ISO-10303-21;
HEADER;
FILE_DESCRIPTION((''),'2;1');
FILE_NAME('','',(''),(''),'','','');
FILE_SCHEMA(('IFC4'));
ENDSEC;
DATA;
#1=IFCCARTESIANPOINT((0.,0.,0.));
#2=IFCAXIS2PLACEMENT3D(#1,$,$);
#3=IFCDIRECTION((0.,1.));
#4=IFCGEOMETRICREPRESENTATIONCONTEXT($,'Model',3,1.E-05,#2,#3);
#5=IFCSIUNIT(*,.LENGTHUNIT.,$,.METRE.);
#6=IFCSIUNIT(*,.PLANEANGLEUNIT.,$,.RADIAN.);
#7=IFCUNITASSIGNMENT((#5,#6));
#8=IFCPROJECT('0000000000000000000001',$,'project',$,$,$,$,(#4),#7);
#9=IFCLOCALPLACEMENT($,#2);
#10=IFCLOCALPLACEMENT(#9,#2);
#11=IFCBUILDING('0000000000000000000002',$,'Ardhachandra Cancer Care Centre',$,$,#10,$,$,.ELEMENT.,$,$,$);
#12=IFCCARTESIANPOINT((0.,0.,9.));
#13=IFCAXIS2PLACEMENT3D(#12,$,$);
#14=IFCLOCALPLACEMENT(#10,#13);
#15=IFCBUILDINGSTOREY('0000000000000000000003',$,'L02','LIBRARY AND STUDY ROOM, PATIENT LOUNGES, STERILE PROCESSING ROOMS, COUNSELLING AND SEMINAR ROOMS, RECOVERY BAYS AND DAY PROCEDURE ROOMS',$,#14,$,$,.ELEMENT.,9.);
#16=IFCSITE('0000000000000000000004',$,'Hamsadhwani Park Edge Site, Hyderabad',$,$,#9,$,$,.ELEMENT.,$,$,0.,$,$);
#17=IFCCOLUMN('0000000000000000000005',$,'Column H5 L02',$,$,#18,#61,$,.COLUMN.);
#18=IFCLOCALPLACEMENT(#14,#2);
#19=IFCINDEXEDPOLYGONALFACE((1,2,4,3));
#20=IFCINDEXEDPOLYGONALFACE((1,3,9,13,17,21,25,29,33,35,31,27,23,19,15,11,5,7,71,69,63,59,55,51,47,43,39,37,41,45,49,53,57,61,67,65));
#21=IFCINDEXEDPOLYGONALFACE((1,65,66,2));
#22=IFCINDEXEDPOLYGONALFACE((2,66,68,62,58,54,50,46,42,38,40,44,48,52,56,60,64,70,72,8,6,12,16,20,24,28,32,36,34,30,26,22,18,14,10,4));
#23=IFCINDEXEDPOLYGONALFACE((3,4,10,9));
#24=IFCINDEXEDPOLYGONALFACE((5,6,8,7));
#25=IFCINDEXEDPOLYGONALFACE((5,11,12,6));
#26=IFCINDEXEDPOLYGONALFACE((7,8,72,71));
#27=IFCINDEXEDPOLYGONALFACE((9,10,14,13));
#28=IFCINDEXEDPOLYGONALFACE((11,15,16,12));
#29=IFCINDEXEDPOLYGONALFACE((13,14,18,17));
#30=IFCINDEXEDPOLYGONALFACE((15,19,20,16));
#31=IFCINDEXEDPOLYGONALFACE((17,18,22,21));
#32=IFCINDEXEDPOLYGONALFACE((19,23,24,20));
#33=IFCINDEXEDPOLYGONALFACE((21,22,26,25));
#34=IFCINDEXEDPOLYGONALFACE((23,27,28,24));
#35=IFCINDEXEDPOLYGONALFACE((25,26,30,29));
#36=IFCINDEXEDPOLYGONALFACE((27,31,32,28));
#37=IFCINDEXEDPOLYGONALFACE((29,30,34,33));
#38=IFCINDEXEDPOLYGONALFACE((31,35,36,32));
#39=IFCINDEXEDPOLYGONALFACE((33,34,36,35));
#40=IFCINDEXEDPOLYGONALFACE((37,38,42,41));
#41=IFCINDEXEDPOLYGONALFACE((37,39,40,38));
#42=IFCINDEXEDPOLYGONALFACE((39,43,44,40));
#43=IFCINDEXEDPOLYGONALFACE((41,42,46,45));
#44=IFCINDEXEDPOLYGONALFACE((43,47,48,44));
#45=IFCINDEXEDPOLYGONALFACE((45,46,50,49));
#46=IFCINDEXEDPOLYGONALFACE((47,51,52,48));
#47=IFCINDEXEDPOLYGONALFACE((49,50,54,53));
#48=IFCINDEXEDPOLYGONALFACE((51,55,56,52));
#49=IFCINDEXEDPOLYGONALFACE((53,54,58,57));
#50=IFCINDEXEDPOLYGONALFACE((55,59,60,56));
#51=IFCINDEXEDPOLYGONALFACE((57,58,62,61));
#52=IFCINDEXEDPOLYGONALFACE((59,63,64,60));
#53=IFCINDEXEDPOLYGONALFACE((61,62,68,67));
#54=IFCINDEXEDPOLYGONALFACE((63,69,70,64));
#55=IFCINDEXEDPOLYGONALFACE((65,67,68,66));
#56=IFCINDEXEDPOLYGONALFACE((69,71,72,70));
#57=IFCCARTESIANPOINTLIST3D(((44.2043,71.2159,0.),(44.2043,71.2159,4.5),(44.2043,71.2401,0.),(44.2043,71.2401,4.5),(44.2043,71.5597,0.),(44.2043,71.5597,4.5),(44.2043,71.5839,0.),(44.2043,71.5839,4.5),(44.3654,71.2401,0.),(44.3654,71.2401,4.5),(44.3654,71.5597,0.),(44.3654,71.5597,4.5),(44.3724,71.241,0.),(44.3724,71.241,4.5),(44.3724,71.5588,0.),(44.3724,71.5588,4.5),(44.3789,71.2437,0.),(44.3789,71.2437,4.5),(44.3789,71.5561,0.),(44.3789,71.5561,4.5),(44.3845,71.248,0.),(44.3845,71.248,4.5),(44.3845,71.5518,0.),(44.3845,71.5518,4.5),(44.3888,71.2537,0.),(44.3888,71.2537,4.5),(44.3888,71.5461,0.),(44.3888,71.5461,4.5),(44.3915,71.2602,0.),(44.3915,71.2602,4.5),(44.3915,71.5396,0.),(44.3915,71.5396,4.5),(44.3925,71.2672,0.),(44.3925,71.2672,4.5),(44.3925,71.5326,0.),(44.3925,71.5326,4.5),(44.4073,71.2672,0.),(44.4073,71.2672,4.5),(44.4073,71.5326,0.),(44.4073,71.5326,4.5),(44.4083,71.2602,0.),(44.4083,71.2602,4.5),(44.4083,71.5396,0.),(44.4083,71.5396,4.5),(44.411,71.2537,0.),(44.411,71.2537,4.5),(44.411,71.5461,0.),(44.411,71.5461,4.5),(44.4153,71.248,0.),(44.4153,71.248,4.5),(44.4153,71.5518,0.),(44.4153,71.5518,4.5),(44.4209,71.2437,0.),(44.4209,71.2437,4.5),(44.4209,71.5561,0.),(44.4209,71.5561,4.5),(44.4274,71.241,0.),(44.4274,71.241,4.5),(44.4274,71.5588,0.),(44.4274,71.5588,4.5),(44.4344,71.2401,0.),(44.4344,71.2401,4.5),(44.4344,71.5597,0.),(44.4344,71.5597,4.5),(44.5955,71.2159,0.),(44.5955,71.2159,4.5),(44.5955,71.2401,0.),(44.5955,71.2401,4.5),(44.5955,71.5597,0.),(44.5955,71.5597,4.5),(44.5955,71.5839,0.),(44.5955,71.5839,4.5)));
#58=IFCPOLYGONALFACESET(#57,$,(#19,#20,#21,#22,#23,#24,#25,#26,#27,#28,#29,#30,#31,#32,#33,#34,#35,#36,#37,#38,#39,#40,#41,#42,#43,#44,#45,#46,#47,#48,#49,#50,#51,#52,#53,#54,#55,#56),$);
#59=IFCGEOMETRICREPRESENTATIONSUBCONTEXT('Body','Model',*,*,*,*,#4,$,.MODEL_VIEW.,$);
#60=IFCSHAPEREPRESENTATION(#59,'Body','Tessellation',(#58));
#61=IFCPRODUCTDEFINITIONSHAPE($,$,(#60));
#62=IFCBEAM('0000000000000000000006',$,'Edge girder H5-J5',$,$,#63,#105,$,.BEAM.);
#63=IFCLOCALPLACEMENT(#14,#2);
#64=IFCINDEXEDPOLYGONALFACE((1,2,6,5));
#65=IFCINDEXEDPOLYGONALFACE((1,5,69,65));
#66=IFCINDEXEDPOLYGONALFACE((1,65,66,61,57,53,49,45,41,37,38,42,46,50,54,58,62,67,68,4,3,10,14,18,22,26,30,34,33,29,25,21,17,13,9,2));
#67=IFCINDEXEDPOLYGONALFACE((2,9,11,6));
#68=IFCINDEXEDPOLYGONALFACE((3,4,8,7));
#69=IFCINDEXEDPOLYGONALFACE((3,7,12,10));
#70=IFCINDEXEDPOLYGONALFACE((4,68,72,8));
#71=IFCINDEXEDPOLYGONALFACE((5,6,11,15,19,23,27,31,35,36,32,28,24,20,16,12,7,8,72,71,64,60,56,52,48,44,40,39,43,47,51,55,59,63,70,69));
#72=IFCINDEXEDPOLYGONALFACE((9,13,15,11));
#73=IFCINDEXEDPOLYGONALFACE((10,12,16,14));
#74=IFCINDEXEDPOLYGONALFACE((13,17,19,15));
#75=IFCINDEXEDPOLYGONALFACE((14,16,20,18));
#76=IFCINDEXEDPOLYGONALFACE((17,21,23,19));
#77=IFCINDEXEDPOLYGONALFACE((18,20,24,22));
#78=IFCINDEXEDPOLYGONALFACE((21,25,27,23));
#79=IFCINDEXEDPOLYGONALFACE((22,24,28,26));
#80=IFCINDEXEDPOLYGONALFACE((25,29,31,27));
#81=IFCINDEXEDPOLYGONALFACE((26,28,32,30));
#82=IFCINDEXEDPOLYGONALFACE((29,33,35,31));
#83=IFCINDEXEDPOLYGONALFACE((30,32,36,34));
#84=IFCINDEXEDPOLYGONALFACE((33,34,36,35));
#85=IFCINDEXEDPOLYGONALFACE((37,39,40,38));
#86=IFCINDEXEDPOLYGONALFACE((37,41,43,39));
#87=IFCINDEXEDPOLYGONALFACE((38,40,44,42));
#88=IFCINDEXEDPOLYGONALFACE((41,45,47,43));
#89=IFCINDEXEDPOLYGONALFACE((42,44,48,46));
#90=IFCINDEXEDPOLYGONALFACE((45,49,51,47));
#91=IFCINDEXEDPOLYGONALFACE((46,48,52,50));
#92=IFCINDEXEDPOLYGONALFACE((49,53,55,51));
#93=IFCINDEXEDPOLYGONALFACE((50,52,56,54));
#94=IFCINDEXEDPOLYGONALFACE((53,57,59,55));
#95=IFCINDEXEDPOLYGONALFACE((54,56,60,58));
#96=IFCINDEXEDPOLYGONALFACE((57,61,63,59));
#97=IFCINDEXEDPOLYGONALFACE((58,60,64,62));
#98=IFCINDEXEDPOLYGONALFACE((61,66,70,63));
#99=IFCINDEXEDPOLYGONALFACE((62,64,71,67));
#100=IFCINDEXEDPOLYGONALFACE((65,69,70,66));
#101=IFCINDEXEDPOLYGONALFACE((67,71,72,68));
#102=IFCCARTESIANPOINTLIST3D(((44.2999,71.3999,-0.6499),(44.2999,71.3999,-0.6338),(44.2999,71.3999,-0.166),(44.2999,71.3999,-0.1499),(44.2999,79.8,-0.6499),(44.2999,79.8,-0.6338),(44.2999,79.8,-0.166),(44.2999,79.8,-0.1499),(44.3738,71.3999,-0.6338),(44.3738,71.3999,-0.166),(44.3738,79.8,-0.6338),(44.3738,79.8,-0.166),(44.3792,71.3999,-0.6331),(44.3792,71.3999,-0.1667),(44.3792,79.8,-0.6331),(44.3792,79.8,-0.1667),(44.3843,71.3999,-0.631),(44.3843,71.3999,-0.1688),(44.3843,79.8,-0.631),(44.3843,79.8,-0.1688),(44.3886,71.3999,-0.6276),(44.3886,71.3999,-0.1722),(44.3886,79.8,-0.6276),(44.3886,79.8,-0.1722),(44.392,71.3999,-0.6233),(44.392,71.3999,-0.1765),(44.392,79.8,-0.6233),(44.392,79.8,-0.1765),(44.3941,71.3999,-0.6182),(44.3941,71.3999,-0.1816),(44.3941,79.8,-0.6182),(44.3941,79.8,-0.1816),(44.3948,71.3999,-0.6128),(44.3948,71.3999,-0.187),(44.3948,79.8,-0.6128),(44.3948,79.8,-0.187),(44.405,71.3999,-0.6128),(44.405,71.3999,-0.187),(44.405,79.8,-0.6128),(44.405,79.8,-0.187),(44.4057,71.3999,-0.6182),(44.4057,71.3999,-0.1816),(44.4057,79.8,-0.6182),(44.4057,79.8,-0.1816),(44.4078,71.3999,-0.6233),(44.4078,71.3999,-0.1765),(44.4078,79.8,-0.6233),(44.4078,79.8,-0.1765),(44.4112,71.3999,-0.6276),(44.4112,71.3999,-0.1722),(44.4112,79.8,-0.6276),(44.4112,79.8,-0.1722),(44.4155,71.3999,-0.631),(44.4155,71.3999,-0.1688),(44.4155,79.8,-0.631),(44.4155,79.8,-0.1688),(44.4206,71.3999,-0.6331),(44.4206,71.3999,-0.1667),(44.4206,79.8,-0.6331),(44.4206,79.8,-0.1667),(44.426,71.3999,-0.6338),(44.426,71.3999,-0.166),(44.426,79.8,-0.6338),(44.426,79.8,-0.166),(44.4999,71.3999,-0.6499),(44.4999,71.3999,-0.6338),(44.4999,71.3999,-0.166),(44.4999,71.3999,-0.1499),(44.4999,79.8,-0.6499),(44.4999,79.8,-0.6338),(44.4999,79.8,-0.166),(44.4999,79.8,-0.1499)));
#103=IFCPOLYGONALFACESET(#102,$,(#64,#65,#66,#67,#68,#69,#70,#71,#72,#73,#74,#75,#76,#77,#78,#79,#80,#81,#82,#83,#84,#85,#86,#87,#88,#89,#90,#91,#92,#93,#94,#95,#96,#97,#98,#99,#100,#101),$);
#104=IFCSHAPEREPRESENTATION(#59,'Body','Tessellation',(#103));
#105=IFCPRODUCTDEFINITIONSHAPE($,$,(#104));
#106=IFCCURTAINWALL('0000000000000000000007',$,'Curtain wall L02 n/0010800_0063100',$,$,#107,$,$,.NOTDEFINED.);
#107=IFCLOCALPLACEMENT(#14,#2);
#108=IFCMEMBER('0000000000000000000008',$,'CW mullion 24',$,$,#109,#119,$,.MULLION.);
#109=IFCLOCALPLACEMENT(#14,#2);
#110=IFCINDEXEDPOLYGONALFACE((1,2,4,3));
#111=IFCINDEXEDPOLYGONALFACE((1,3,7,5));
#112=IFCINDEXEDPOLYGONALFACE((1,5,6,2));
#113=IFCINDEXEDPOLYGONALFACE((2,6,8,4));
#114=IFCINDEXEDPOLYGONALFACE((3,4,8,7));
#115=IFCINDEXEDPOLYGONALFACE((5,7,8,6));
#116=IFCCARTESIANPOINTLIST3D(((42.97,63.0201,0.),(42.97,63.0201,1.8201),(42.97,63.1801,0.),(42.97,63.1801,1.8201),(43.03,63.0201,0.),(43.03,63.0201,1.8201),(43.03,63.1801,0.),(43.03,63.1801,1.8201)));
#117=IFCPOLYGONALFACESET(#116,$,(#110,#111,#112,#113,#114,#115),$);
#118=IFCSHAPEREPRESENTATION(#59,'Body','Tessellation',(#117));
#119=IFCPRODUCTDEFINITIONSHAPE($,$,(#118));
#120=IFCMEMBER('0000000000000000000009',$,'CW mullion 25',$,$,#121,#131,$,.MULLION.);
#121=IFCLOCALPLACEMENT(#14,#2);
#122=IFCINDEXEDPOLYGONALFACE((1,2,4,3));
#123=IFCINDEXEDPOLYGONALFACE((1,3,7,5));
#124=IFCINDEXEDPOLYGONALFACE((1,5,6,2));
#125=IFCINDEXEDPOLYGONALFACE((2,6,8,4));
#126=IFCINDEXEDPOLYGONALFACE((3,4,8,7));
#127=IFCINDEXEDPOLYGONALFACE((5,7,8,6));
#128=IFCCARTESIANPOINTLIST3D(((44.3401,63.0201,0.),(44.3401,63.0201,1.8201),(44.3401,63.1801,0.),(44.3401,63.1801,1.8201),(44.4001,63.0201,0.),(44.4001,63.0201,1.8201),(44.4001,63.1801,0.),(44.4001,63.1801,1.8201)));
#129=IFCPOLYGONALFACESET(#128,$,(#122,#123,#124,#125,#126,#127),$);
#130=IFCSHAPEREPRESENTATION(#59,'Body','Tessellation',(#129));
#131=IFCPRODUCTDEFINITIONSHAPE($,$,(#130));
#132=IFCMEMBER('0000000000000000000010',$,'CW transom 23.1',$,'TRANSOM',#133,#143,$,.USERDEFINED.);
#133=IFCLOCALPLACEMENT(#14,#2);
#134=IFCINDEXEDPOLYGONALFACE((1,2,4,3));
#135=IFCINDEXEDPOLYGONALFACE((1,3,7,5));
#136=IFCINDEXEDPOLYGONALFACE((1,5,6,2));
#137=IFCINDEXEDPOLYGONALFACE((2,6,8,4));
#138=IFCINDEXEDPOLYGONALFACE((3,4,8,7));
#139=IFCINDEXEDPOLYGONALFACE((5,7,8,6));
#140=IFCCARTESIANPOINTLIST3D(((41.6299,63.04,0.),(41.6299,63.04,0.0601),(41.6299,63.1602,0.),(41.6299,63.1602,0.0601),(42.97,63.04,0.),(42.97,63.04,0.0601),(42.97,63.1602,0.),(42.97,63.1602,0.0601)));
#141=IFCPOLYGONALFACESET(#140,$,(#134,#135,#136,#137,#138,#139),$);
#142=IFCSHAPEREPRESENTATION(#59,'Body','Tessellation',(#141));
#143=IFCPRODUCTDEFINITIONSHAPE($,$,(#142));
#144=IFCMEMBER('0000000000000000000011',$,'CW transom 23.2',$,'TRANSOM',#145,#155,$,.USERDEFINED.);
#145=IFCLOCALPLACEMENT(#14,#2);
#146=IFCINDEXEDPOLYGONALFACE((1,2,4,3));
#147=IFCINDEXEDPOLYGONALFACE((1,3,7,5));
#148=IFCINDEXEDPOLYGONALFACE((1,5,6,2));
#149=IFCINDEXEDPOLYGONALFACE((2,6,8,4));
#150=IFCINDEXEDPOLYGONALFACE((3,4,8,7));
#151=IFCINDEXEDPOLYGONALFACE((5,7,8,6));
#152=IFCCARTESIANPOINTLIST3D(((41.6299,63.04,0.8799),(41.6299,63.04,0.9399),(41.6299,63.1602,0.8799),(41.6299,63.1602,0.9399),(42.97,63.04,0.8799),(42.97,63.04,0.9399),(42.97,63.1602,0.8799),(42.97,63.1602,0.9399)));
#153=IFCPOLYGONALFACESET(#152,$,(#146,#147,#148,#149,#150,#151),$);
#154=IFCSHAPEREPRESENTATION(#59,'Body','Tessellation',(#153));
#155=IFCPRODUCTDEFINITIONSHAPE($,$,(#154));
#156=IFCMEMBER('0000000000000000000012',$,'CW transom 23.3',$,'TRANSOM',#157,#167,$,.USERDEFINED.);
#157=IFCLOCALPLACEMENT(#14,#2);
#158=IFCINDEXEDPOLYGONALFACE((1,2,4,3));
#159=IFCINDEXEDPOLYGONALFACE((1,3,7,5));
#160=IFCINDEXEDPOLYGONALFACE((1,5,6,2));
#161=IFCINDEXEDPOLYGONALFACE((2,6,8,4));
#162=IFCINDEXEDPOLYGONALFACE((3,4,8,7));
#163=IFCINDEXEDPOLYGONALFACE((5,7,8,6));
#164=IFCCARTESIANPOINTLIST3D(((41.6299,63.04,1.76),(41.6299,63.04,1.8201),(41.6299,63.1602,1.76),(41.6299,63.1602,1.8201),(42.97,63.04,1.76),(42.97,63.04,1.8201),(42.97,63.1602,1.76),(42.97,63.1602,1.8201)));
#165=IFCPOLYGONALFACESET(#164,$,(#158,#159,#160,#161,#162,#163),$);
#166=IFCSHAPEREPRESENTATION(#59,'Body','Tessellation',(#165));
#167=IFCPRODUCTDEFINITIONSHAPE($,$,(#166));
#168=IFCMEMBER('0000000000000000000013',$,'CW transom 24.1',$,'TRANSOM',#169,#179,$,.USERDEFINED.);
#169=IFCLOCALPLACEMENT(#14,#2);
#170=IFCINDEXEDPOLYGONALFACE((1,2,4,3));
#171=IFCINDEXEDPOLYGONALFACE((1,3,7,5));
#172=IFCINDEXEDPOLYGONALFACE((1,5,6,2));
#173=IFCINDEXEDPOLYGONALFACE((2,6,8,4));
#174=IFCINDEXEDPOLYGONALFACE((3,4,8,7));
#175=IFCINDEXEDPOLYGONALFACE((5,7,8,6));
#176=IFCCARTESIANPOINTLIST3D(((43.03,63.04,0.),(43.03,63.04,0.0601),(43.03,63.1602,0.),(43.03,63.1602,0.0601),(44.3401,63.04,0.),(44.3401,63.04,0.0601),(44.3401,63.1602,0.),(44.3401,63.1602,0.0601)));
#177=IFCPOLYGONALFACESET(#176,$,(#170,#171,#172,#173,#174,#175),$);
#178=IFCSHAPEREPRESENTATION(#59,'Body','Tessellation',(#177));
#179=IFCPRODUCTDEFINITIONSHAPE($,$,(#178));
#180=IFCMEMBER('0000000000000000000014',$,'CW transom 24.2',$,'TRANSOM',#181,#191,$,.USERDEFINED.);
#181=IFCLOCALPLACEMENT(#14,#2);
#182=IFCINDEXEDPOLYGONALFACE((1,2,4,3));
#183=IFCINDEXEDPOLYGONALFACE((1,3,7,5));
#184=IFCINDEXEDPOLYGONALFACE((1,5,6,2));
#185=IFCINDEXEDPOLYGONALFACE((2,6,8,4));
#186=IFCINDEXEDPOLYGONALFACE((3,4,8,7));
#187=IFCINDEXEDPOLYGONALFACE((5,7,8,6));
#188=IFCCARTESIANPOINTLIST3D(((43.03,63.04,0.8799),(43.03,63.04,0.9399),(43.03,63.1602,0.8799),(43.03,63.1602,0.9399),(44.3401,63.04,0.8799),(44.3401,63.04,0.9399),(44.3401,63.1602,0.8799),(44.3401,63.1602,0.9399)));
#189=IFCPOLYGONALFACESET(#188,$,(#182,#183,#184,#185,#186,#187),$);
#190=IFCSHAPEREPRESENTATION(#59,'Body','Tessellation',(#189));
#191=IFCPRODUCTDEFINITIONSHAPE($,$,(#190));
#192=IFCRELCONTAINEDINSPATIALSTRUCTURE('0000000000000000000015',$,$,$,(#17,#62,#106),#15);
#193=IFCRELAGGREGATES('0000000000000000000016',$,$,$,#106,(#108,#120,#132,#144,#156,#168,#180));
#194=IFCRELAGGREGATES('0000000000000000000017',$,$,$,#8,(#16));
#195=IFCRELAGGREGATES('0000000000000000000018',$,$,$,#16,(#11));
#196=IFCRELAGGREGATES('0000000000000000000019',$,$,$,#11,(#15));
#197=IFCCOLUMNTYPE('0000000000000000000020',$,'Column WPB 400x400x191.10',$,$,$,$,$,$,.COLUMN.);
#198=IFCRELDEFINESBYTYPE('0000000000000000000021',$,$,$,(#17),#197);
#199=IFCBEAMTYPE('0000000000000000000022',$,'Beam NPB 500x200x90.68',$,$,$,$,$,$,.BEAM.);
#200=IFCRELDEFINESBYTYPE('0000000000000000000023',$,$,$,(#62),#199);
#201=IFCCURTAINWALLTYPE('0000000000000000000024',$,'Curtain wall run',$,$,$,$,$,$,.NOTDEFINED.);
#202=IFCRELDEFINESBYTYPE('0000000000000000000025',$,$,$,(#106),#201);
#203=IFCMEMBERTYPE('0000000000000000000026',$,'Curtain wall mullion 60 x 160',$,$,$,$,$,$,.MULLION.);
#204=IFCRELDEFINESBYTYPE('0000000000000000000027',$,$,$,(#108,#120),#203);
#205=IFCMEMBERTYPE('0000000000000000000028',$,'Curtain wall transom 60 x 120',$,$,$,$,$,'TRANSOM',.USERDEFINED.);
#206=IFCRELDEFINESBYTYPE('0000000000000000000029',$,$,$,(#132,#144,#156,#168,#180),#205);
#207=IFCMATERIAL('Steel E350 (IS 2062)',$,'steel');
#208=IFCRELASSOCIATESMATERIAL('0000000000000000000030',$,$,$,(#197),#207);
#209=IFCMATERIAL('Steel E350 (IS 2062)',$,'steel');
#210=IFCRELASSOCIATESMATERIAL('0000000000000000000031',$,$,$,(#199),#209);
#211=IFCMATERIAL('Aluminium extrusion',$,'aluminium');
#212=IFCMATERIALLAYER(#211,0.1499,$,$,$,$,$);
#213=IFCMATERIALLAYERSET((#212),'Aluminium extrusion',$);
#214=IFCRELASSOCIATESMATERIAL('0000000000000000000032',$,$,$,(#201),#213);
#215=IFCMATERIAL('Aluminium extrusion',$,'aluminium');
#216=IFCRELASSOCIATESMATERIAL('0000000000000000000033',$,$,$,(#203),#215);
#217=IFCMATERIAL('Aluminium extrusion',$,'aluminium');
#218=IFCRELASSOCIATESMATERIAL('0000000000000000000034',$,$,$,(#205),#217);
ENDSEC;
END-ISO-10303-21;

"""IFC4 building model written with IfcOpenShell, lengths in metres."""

from ifc_helpers import new_model, si_unit, direction, frame, origin, origin_2d, place, context, subcontext, project, spatial, rectangle, i_section, extrude, material, layer, layer_set, material_profile, profile_set, type_object, element, aggregate, save


model = new_model("IFC4")

# Units and contexts
model_context = context("Model", 3, precision=1e-05, world=origin(), true_north=direction((0.0, 1.0)))
body_context = subcontext(model_context, "Body", "Model", "MODEL_VIEW")
ifc_project = project(units=[si_unit("LENGTHUNIT", "METRE"), si_unit("PLANEANGLEUNIT", "RADIAN")], contexts=[model_context])

# Site, building, storey
site_placement = place(None, origin())
site = spatial("IfcSite", under=ifc_project, at=site_placement, Name="Hamsadhwani Park Edge Site, Hyderabad", CompositionType="ELEMENT", RefElevation=0.0)
building_placement = place(site_placement, origin())
building = spatial("IfcBuilding", under=site, at=building_placement, Name="Ardhachandra Cancer Care Centre", CompositionType="ELEMENT")
storey_placement = place(building_placement, frame((0.0, 0.0, 9.0)))
storey = spatial("IfcBuildingStorey", under=building, at=storey_placement, Name="L02", Description="LIBRARY AND STUDY ROOM, PATIENT LOUNGES, STERILE PROCESSING ROOMS, COUNSELLING AND SEMINAR ROOMS, RECOVERY BAYS AND DAY PROCEDURE ROOMS", CompositionType="ELEMENT", Elevation=9.0)

# Column
ifc_material_1 = material(Name="Steel E350 (IS 2062)", Category="steel")
ifc_material_profile_1 = material_profile(ifc_material_1, i_section(OverallWidth=0.3911, OverallDepth=0.3679, WebThickness=0.0149, FlangeThickness=0.0242, FilletRadius=0.0271, at=origin_2d()), Name="WPB 400x400x191.10")
ifc_profile_set_1 = profile_set([ifc_material_profile_1], Name="Steel E350 (IS 2062)")
column_type = type_object("IfcColumnType", Name="Column WPB 400x400x191.10", PredefinedType="COLUMN", material=ifc_profile_set_1)
column_placement = place(storey_placement, frame((44.3999, 71.3999, 0.0), z_axis=(0.0, 0.0, 1.0), x_axis=(1.0, 0.0, 0.0)))
element("IfcColumn", 1, at=column_placement, inside=storey, type_object=column_type, Name="Column H5 L02", PredefinedType="COLUMN", context=body_context, shape_type="SweptSolid", body=[
    extrude(i_section(OverallWidth=0.3911, OverallDepth=0.3679, WebThickness=0.0149, FlangeThickness=0.0242, FilletRadius=0.0271, at=origin_2d()), origin(), (0.0, 0.0, 1.0), 4.5),
])

# Beam
ifc_material_2 = material(Name="Steel E350 (IS 2062)", Category="steel")
ifc_material_profile_2 = material_profile(ifc_material_2, i_section(OverallWidth=0.2, OverallDepth=0.5, WebThickness=0.0103, FlangeThickness=0.0161, FilletRadius=0.021, at=origin_2d()), Name="NPB 500x200x90.68")
ifc_profile_set_2 = profile_set([ifc_material_profile_2], Name="Steel E350 (IS 2062)")
beam_type = type_object("IfcBeamType", Name="Beam NPB 500x200x90.68", PredefinedType="BEAM", material=ifc_profile_set_2)
beam_placement = place(storey_placement, frame((44.3999, 71.3999, -0.3999), z_axis=(0.0, 1.0, 0.0), x_axis=(-1.0, 0.0, 0.0)))
element("IfcBeam", 2, at=beam_placement, inside=storey, type_object=beam_type, Name="Edge girder H5-J5", PredefinedType="BEAM", context=body_context, shape_type="SweptSolid", body=[
    extrude(i_section(OverallWidth=0.2, OverallDepth=0.5, WebThickness=0.0103, FlangeThickness=0.0161, FilletRadius=0.021, at=origin_2d()), origin(), (0.0, 0.0, 1.0), 8.4001),
])

# Curtain wall, members
ifc_material_3 = material(Name="Aluminium extrusion", Category="aluminium")
ifc_layer_1 = layer(ifc_material_3, 0.1499)
ifc_layer_set_1 = layer_set([ifc_layer_1], Name="Aluminium extrusion")
curtain_wall_type = type_object("IfcCurtainWallType", Name="Curtain wall run", PredefinedType="NOTDEFINED", material=ifc_layer_set_1)
curtain_wall_1_placement = place(storey_placement, origin())
curtain_wall_1 = element("IfcCurtainWall", 3, at=curtain_wall_1_placement, inside=storey, type_object=curtain_wall_type, Name="Curtain wall L02 n/0010800_0063100", PredefinedType="NOTDEFINED")
ifc_material_4 = material(Name="Aluminium extrusion", Category="aluminium")
ifc_material_profile_3 = material_profile(ifc_material_4, rectangle(XDim=0.1599, YDim=0.0601, at=origin_2d()), Name="Curtain wall mullion 60 x 160")
ifc_profile_set_3 = profile_set([ifc_material_profile_3], Name="Aluminium extrusion")
member_type_1 = type_object("IfcMemberType", Name="Curtain wall mullion 60 x 160", PredefinedType="MULLION", material=ifc_profile_set_3)
member_1_placement = place(storey_placement, frame((43.0, 63.1001, 0.0), z_axis=(0.0, 0.0, 1.0), x_axis=(0.0, 1.0, 0.0)))
member_1 = element("IfcMember", 4, at=member_1_placement, type_object=member_type_1, Name="CW mullion 24", PredefinedType="MULLION", context=body_context, shape_type="SweptSolid", body=[
    extrude(rectangle(XDim=0.1599, YDim=0.0601, at=origin_2d()), origin(), (0.0, 0.0, 1.0), 1.8201),
])
member_2_placement = place(storey_placement, frame((44.3701, 63.1001, 0.0), z_axis=(0.0, 0.0, 1.0), x_axis=(0.0, 1.0, 0.0)))
member_2 = element("IfcMember", 5, at=member_2_placement, type_object=member_type_1, Name="CW mullion 25", PredefinedType="MULLION", context=body_context, shape_type="SweptSolid", body=[
    extrude(rectangle(XDim=0.1599, YDim=0.0601, at=origin_2d()), origin(), (0.0, 0.0, 1.0), 1.8201),
])
ifc_material_5 = material(Name="Aluminium extrusion", Category="aluminium")
ifc_material_profile_4 = material_profile(ifc_material_5, rectangle(XDim=0.1201, YDim=0.0601, at=origin_2d()), Name="Curtain wall transom 60 x 120")
ifc_profile_set_4 = profile_set([ifc_material_profile_4], Name="Aluminium extrusion")
member_type_2 = type_object("IfcMemberType", Name="Curtain wall transom 60 x 120", ElementType="TRANSOM", PredefinedType="USERDEFINED", material=ifc_profile_set_4)
member_3_placement = place(storey_placement, frame((41.6299, 63.1001, 0.03), z_axis=(1.0, 0.0, 0.0), x_axis=(0.0, 1.0, 0.0)))
member_3 = element("IfcMember", 6, at=member_3_placement, type_object=member_type_2, Name="CW transom 23.1", ObjectType="TRANSOM", PredefinedType="USERDEFINED", context=body_context, shape_type="SweptSolid", body=[
    extrude(rectangle(XDim=0.1201, YDim=0.0601, at=origin_2d()), origin(), (0.0, 0.0, 1.0), 1.3401),
])
member_4_placement = place(storey_placement, frame((41.6299, 63.1001, 0.9099), z_axis=(1.0, 0.0, 0.0), x_axis=(0.0, 1.0, 0.0)))
member_4 = element("IfcMember", 7, at=member_4_placement, type_object=member_type_2, Name="CW transom 23.2", ObjectType="TRANSOM", PredefinedType="USERDEFINED", context=body_context, shape_type="SweptSolid", body=[
    extrude(rectangle(XDim=0.1201, YDim=0.0601, at=origin_2d()), origin(), (0.0, 0.0, 1.0), 1.3401),
])
member_5_placement = place(storey_placement, frame((41.6299, 63.1001, 1.79), z_axis=(1.0, 0.0, 0.0), x_axis=(0.0, 1.0, 0.0)))
member_5 = element("IfcMember", 8, at=member_5_placement, type_object=member_type_2, Name="CW transom 23.3", ObjectType="TRANSOM", PredefinedType="USERDEFINED", context=body_context, shape_type="SweptSolid", body=[
    extrude(rectangle(XDim=0.1201, YDim=0.0601, at=origin_2d()), origin(), (0.0, 0.0, 1.0), 1.3401),
])
member_6_placement = place(storey_placement, frame((43.03, 63.1001, 0.03), z_axis=(1.0, 0.0, 0.0), x_axis=(0.0, 1.0, 0.0)))
member_6 = element("IfcMember", 9, at=member_6_placement, type_object=member_type_2, Name="CW transom 24.1", ObjectType="TRANSOM", PredefinedType="USERDEFINED", context=body_context, shape_type="SweptSolid", body=[
    extrude(rectangle(XDim=0.1201, YDim=0.0601, at=origin_2d()), origin(), (0.0, 0.0, 1.0), 1.3101),
])
member_7_placement = place(storey_placement, frame((43.03, 63.1001, 0.9099), z_axis=(1.0, 0.0, 0.0), x_axis=(0.0, 1.0, 0.0)))
member_7 = element("IfcMember", 10, at=member_7_placement, type_object=member_type_2, Name="CW transom 24.2", ObjectType="TRANSOM", PredefinedType="USERDEFINED", context=body_context, shape_type="SweptSolid", body=[
    extrude(rectangle(XDim=0.1201, YDim=0.0601, at=origin_2d()), origin(), (0.0, 0.0, 1.0), 1.3101),
])

aggregate(curtain_wall_1, [member_1, member_2, member_3, member_4, member_5, member_6, member_7])

save(model, "model.ifc")
